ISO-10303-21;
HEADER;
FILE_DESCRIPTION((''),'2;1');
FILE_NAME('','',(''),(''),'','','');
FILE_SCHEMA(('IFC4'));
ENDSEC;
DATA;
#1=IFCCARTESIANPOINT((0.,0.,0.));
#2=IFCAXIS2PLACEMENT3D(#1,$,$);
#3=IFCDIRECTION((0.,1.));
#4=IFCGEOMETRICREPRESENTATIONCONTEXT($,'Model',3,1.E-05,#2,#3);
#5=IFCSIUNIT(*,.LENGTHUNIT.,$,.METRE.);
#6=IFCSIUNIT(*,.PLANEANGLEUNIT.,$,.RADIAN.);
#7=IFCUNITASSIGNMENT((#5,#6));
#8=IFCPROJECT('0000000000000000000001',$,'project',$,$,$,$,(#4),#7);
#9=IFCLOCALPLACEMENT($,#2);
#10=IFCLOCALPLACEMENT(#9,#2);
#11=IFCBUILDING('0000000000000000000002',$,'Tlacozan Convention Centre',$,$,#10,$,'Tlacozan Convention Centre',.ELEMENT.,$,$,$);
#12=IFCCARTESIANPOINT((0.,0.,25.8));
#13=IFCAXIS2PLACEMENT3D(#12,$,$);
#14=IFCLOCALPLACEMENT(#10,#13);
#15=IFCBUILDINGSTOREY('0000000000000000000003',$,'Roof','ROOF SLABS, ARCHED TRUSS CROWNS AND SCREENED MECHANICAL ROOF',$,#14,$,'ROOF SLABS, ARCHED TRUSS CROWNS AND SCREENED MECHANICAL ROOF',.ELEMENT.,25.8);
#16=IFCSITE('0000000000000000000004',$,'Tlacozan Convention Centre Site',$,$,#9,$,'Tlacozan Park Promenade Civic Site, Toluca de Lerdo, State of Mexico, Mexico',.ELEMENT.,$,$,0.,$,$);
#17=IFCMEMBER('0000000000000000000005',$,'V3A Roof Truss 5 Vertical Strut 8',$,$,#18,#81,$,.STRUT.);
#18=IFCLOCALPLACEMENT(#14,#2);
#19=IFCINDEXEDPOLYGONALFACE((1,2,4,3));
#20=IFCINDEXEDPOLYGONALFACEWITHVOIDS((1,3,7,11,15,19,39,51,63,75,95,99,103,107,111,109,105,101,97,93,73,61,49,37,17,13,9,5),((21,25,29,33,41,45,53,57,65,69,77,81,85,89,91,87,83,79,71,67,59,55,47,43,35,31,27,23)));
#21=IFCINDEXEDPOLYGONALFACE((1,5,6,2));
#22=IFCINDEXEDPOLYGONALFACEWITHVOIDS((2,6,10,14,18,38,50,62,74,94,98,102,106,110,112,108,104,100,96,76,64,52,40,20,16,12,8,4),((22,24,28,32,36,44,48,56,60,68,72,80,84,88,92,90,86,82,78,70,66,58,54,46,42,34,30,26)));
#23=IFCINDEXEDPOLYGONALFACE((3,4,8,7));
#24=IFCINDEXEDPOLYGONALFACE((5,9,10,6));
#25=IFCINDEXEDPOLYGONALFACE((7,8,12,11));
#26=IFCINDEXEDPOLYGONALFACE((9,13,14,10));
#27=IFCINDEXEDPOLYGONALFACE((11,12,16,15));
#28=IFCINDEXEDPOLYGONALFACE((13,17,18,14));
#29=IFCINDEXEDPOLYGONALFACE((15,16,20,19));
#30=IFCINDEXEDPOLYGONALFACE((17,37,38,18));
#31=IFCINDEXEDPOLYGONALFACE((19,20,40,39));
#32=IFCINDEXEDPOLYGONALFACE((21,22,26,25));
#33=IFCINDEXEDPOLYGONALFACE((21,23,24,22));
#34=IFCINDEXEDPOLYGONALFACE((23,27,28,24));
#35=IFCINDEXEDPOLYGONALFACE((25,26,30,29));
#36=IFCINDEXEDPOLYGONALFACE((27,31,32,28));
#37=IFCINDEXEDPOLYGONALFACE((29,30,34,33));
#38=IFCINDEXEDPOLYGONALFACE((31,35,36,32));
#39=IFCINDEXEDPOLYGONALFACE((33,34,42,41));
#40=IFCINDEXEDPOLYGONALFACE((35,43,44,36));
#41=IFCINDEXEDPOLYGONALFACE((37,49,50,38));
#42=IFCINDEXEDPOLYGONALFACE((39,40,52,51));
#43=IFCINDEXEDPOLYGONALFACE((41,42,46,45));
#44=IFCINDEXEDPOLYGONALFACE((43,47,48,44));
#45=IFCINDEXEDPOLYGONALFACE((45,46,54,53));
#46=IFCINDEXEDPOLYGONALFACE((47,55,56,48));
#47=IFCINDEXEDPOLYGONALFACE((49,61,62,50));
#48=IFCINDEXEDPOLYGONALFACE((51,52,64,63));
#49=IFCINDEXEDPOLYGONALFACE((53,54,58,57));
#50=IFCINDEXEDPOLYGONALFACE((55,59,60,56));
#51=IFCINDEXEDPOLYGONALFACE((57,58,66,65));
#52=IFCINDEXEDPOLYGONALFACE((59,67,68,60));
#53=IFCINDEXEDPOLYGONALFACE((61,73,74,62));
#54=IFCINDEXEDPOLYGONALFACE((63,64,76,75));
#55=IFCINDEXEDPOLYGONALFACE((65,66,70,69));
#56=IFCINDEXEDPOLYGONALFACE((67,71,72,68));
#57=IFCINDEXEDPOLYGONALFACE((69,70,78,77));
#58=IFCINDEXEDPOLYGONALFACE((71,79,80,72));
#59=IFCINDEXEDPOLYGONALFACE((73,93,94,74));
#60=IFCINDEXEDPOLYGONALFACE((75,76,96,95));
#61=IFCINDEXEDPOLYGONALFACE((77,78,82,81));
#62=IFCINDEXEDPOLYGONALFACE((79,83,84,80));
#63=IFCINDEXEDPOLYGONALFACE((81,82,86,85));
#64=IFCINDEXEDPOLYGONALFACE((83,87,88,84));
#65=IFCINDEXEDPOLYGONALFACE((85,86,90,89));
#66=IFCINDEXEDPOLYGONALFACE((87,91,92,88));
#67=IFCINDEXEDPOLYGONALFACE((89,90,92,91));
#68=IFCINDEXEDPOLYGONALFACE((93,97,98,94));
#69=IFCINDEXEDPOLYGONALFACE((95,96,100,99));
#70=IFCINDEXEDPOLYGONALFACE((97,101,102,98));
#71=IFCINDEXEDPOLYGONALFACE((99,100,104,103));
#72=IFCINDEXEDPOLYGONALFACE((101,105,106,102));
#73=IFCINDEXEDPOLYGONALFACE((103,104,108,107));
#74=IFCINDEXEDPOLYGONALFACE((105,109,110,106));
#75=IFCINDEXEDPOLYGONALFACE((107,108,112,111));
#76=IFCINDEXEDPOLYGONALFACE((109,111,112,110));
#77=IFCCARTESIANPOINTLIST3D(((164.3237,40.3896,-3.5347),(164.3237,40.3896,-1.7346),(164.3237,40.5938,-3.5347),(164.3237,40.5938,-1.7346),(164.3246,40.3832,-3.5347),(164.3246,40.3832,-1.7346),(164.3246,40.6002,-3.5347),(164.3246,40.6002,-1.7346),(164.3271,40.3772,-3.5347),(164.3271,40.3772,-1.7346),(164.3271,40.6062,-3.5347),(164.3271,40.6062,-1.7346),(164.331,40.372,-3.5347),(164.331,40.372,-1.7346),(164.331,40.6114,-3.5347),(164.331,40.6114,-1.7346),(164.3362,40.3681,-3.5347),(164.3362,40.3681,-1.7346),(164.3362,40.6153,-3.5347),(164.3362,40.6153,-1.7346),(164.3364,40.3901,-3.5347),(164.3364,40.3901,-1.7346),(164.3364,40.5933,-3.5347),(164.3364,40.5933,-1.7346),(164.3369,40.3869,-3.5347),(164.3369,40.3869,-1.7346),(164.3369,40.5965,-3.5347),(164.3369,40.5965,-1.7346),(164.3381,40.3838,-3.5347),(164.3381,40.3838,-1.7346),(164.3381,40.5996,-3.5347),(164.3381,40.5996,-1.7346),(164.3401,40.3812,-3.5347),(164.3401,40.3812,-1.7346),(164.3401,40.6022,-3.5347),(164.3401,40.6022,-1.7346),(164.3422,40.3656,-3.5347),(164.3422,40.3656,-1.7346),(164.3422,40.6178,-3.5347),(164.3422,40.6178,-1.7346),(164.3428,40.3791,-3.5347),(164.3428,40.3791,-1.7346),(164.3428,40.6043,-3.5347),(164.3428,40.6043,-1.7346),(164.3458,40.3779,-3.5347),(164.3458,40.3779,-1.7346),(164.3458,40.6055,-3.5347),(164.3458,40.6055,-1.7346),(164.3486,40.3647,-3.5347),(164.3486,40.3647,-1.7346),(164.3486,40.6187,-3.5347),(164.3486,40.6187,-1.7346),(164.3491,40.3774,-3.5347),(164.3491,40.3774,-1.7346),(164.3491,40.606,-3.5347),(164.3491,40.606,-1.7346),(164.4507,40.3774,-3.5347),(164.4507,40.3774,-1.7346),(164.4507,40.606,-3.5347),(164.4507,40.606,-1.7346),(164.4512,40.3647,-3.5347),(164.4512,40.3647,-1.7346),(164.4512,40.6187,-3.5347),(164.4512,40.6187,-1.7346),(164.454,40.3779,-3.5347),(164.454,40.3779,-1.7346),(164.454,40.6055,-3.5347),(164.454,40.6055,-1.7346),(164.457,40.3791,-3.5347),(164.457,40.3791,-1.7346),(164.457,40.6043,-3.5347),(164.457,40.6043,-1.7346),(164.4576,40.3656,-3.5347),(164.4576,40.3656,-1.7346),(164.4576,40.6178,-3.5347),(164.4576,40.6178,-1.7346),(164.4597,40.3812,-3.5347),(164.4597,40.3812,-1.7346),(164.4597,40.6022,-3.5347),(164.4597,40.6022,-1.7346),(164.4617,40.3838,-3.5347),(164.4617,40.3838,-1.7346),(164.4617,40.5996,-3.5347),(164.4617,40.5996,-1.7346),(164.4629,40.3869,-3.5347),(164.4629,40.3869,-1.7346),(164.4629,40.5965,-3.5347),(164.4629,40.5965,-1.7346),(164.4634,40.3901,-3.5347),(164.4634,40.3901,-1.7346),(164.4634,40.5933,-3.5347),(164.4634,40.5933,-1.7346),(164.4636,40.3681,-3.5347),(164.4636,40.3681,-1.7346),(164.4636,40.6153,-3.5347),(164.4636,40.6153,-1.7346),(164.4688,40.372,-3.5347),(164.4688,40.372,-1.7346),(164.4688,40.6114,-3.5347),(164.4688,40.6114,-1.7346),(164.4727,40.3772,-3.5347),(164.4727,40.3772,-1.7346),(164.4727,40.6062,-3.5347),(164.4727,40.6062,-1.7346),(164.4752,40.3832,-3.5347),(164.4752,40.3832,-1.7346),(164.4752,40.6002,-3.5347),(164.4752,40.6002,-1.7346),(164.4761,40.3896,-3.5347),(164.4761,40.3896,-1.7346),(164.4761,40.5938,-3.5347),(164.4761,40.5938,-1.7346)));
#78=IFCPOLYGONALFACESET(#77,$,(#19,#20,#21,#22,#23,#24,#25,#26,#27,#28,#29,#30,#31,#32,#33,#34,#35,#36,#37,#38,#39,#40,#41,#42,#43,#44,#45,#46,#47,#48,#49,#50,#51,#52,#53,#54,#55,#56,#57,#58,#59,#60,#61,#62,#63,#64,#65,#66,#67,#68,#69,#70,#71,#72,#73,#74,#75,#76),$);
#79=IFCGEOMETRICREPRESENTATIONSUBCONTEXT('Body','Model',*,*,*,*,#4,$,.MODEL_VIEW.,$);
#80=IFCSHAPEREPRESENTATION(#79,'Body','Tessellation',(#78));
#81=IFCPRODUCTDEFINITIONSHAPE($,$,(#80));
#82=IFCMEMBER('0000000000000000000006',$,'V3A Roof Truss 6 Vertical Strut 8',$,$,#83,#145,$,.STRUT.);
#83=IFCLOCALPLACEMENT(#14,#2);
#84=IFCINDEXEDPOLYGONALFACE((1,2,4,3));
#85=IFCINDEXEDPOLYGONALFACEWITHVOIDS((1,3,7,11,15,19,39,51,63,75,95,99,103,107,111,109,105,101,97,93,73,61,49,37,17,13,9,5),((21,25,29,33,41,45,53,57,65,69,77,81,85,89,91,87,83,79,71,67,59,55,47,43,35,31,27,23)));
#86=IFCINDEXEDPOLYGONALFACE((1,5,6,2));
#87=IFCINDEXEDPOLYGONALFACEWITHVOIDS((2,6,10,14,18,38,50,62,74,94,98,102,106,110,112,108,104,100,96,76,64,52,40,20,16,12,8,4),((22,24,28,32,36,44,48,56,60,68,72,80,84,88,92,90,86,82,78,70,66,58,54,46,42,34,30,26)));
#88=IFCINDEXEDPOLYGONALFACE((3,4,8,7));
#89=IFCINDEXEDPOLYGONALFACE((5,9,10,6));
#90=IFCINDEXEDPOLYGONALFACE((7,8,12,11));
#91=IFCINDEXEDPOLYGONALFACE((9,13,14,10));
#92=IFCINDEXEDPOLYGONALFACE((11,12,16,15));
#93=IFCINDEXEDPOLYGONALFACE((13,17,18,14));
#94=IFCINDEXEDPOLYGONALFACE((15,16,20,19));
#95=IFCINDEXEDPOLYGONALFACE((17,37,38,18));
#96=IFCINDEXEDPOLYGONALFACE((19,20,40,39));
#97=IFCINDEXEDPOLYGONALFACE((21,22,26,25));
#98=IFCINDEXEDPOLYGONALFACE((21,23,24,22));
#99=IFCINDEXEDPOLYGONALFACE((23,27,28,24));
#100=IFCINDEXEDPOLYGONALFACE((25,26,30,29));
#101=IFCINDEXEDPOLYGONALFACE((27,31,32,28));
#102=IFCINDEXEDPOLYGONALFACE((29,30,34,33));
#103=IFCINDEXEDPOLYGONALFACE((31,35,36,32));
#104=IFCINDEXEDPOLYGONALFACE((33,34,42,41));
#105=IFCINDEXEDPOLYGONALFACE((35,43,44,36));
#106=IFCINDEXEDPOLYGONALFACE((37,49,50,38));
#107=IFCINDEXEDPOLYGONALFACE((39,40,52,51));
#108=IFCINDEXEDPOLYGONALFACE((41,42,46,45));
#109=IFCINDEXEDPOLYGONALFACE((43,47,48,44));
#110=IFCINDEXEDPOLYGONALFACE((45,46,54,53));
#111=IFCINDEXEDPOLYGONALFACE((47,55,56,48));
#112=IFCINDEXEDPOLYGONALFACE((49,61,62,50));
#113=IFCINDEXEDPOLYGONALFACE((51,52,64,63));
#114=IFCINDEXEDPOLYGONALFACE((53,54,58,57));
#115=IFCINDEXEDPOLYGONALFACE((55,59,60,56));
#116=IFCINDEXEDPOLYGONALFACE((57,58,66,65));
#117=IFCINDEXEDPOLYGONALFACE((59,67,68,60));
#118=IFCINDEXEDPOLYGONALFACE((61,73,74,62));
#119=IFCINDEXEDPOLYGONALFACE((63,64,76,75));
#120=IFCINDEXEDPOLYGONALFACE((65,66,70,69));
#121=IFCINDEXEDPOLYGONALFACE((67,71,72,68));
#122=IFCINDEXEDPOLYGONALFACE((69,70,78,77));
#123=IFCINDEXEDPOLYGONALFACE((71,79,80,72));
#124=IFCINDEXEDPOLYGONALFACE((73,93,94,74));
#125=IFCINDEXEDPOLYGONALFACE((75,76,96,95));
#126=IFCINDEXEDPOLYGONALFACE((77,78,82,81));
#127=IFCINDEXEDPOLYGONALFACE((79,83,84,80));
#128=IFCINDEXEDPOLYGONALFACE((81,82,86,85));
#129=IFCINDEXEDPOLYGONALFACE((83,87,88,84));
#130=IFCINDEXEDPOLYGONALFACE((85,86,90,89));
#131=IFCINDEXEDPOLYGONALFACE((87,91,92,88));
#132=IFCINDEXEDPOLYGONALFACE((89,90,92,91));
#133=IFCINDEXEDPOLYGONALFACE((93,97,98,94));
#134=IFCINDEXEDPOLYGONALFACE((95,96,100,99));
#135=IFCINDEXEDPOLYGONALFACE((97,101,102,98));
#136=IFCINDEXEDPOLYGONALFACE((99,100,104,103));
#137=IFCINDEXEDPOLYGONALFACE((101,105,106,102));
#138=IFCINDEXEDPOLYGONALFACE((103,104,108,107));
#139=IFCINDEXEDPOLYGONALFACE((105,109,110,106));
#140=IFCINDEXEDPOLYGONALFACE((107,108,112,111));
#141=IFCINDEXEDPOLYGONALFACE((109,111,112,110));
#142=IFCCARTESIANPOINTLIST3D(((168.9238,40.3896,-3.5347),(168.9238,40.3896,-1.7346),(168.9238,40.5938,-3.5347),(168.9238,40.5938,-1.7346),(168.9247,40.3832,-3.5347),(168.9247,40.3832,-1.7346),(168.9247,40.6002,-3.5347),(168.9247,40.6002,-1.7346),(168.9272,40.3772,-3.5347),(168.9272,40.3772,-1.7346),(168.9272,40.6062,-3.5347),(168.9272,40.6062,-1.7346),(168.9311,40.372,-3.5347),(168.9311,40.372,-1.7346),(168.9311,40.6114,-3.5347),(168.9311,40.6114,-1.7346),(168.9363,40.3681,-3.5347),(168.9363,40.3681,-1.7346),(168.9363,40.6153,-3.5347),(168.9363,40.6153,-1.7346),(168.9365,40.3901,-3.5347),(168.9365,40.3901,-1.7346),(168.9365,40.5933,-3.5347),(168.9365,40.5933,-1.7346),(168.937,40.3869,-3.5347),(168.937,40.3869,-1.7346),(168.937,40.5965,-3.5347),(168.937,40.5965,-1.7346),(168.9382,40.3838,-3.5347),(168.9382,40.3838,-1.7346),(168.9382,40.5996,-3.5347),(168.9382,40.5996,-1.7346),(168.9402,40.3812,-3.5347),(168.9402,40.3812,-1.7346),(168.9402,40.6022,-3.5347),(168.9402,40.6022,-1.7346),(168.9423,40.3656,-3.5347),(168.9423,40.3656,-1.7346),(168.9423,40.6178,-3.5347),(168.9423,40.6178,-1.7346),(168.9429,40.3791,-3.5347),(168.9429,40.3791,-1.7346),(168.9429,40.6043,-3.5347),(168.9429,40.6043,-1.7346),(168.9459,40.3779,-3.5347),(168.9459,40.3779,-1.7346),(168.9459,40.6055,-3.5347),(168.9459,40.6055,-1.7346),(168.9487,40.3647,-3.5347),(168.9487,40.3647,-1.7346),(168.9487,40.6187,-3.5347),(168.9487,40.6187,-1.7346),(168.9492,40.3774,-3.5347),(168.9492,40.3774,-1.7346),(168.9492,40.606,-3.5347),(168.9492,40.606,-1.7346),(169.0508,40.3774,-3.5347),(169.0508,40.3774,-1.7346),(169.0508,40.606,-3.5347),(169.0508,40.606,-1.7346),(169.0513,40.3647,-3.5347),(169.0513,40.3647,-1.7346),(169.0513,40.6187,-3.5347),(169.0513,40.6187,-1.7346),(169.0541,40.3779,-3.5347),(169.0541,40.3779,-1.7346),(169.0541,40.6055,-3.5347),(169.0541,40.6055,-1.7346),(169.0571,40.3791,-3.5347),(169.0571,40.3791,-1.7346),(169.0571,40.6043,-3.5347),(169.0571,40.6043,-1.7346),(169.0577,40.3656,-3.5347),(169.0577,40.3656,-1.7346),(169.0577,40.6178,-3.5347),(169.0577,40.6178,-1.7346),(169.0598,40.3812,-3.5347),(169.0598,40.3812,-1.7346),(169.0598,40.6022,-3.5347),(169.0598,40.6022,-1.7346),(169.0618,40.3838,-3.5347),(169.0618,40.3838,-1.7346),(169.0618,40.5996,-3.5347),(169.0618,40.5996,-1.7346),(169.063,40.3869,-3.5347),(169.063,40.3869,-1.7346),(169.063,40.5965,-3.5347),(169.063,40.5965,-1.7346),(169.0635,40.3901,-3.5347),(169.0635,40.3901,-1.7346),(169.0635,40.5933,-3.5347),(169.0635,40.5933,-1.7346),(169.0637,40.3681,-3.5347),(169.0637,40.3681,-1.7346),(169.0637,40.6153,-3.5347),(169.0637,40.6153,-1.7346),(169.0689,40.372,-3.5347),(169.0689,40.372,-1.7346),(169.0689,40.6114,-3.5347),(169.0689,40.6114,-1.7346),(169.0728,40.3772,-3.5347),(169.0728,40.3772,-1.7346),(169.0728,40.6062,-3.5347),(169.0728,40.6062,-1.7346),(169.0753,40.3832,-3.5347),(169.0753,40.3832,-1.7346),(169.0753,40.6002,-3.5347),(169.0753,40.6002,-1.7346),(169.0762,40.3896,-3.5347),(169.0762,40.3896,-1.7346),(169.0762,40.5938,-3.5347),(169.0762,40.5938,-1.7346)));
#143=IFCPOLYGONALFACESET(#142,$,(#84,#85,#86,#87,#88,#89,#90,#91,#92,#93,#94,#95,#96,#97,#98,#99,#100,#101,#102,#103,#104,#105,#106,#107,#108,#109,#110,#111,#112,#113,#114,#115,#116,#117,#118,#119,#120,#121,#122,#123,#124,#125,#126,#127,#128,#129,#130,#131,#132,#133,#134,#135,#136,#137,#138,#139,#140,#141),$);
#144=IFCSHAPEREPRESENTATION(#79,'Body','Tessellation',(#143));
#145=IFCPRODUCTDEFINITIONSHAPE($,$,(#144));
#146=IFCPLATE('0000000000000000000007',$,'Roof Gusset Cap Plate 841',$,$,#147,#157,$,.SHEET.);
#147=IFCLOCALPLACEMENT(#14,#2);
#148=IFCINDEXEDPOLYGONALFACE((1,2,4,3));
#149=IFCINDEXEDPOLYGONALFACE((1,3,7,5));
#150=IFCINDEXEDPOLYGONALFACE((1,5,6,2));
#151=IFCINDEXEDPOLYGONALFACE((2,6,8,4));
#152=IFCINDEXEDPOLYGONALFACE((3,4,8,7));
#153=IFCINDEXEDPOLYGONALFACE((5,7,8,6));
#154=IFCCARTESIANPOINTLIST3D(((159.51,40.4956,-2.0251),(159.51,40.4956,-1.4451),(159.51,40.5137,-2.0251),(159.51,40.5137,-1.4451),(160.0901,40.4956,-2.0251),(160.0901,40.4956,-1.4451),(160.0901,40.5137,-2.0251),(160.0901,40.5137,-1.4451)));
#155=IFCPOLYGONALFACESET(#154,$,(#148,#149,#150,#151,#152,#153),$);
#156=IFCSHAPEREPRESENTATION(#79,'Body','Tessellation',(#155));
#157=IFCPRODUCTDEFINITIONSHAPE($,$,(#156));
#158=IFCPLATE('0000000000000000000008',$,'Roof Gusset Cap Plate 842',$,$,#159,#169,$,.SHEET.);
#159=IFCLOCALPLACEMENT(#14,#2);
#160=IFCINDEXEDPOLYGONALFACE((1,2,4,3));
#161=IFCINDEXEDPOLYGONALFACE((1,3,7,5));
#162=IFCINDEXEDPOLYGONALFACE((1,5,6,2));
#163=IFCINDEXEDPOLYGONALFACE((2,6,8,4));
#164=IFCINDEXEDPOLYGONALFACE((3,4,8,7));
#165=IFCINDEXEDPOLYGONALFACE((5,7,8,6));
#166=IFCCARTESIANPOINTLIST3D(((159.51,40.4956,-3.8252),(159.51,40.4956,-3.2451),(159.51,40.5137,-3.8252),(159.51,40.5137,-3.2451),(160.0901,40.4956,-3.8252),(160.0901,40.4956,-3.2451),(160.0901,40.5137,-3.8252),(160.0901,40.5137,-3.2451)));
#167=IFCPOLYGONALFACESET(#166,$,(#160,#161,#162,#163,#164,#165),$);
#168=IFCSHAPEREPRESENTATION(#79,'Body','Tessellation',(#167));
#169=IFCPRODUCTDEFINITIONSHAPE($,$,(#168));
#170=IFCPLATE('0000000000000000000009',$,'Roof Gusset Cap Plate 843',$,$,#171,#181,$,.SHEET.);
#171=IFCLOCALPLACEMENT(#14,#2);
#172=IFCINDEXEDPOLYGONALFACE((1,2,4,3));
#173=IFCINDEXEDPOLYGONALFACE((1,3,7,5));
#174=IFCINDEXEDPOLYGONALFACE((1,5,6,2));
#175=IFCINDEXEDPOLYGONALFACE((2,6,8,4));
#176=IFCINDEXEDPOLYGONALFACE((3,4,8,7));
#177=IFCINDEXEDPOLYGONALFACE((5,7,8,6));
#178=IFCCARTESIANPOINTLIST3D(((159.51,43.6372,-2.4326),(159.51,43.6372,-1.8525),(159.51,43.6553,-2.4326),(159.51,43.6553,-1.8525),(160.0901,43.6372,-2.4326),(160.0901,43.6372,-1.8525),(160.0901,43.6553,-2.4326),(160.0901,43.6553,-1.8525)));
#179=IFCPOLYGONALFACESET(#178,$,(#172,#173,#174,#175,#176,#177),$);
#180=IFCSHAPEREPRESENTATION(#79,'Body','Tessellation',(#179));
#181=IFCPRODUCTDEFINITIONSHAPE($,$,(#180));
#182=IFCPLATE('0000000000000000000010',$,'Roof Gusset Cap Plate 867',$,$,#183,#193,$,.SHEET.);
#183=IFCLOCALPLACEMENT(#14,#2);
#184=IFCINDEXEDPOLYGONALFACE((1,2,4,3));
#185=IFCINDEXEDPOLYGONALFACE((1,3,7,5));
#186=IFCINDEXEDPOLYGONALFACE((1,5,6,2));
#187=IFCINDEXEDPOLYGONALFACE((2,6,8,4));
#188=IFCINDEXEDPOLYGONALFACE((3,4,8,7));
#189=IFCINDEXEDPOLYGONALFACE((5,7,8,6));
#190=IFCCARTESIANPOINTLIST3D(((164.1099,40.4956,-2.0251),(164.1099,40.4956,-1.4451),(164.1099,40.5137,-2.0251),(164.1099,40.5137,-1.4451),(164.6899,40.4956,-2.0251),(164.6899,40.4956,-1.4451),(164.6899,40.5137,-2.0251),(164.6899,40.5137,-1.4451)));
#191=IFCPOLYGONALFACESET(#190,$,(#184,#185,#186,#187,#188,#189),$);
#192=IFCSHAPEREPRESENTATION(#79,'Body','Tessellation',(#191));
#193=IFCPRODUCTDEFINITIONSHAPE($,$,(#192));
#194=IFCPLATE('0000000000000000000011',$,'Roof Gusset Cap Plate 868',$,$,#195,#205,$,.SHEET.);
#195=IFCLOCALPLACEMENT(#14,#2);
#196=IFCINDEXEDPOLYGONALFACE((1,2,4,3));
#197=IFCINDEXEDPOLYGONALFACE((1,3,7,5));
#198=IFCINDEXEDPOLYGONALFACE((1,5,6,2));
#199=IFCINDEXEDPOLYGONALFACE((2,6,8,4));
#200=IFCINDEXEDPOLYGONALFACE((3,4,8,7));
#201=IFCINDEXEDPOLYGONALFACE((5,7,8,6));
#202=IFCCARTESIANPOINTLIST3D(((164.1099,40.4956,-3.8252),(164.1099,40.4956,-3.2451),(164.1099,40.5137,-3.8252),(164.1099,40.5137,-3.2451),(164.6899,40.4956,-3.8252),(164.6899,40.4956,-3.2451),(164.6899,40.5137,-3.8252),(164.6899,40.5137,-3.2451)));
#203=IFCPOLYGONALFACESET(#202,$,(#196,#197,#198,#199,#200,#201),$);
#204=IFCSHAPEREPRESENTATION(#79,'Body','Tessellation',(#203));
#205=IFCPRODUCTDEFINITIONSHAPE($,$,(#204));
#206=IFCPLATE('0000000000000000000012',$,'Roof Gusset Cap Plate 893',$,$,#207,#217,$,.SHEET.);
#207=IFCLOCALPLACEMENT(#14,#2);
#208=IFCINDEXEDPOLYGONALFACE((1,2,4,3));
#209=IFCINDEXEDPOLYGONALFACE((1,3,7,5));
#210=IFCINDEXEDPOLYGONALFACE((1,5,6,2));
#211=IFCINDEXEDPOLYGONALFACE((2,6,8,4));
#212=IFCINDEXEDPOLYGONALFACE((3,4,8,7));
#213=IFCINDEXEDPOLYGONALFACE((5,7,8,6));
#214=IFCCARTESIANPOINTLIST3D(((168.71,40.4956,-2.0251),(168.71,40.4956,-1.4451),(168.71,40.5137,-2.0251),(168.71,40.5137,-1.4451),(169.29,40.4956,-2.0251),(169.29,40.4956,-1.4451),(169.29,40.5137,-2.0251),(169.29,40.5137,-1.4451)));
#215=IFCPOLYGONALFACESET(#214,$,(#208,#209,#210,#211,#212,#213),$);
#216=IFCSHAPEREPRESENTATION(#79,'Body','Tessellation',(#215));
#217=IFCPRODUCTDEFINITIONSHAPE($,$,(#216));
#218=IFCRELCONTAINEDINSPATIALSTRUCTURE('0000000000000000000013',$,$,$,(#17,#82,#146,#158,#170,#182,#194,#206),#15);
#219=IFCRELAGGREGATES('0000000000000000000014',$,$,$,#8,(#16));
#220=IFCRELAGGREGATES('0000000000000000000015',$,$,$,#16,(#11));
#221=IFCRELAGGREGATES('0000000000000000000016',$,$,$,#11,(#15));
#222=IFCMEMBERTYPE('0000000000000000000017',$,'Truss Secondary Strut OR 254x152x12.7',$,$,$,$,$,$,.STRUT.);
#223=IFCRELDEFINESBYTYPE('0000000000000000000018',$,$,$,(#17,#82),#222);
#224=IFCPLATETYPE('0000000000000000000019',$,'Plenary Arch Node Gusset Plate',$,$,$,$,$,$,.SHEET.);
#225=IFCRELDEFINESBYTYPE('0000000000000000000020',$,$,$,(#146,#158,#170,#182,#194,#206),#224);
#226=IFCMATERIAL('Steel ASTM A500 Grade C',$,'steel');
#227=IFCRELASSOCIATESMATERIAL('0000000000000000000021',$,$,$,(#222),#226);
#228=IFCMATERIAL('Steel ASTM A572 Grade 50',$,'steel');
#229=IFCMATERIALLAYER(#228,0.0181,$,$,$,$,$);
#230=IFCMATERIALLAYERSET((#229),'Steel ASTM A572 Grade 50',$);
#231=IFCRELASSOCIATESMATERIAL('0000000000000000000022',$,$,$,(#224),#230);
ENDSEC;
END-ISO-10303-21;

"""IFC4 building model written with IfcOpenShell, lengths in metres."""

from ifc_helpers import new_model, si_unit, direction, frame, origin, origin_2d, place, context, subcontext, project, spatial, rectangle, hollow_rectangle, extrude, material, layer, layer_set, material_profile, profile_set, type_object, element, save


model = new_model("IFC4")

# Units and contexts
model_context = context("Model", 3, precision=1e-05, world=origin(), true_north=direction((0.0, 1.0)))
body_context = subcontext(model_context, "Body", "Model", "MODEL_VIEW")
ifc_project = project(units=[si_unit("LENGTHUNIT", "METRE"), si_unit("PLANEANGLEUNIT", "RADIAN")], contexts=[model_context])

# Site, building, storey
site_placement = place(None, origin())
site = spatial("IfcSite", under=ifc_project, at=site_placement, Name="Tlacozan Convention Centre Site", LongName="Tlacozan Park Promenade Civic Site, Toluca de Lerdo, State of Mexico, Mexico", CompositionType="ELEMENT", RefElevation=0.0)
building_placement = place(site_placement, origin())
building = spatial("IfcBuilding", under=site, at=building_placement, Name="Tlacozan Convention Centre", LongName="Tlacozan Convention Centre", CompositionType="ELEMENT")
storey_placement = place(building_placement, frame((0.0, 0.0, 25.8)))
storey = spatial("IfcBuildingStorey", under=building, at=storey_placement, Name="Roof", Description="ROOF SLABS, ARCHED TRUSS CROWNS AND SCREENED MECHANICAL ROOF", LongName="ROOF SLABS, ARCHED TRUSS CROWNS AND SCREENED MECHANICAL ROOF", CompositionType="ELEMENT", Elevation=25.8)

# Members
ifc_material_1 = material(Name="Steel ASTM A500 Grade C", Category="steel")
ifc_material_profile_1 = material_profile(ifc_material_1, hollow_rectangle(XDim=0.1523, YDim=0.2539, WallThickness=0.0127, InnerFilletRadius=0.0127, OuterFilletRadius=0.0249, at=origin_2d()), Name="OR 254x152x12.7")
ifc_profile_set_1 = profile_set([ifc_material_profile_1], Name="Steel ASTM A500 Grade C")
member_type_1 = type_object("IfcMemberType", Name="Truss Secondary Strut OR 254x152x12.7", PredefinedType="STRUT", material=ifc_profile_set_1)
for number, where, z_axis, x_axis, name in (
    (1, (164.3999, 40.4917, -3.5347), (0.0, 0.0, 1.0), (1.0, 0.0, 0.0), "V3A Roof Truss 5 Vertical Strut 8"),
    (2, (169.0, 40.4917, -3.5347), (0.0, 0.0, 1.0), (1.0, 0.0, 0.0), "V3A Roof Truss 6 Vertical Strut 8"),
):
    element("IfcMember", number, at=place(storey_placement, frame(where, z_axis=z_axis, x_axis=x_axis)), inside=storey, type_object=member_type_1, Name=name, PredefinedType="STRUT", context=body_context, shape_type="SweptSolid", body=[
        extrude(hollow_rectangle(XDim=0.1523, YDim=0.2539, WallThickness=0.0127, InnerFilletRadius=0.0127, OuterFilletRadius=0.0249, at=origin_2d()), origin(), (0.0, 0.0, 1.0), 1.8),
    ])

# Plates
ifc_material_2 = material(Name="Steel ASTM A572 Grade 50", Category="steel")
ifc_layer = layer(ifc_material_2, 0.0181)
ifc_layer_set = layer_set([ifc_layer], Name="Steel ASTM A572 Grade 50")
plate_type = type_object("IfcPlateType", Name="Plenary Arch Node Gusset Plate", PredefinedType="SHEET", material=ifc_layer_set)
for number, where, z_axis, x_axis, name in (
    (3, (159.8, 40.5046, -2.0251), (0.0, 0.0, 1.0), (0.0, 1.0, 0.0), "Roof Gusset Cap Plate 841"),
    (4, (159.8, 40.5046, -3.8252), (0.0, 0.0, 1.0), (0.0, 1.0, 0.0), "Roof Gusset Cap Plate 842"),
    (5, (159.8, 43.6462, -2.4326), (0.0, 0.0, 1.0), (0.0, 1.0, 0.0), "Roof Gusset Cap Plate 843"),
    (6, (164.3999, 40.5046, -2.0251), (0.0, 0.0, 1.0), (0.0, 1.0, 0.0), "Roof Gusset Cap Plate 867"),
    (7, (164.3999, 40.5046, -3.8252), (0.0, 0.0, 1.0), (0.0, 1.0, 0.0), "Roof Gusset Cap Plate 868"),
    (8, (169.0, 40.5046, -2.0251), (0.0, 0.0, 1.0), (0.0, 1.0, 0.0), "Roof Gusset Cap Plate 893"),
):
    element("IfcPlate", number, at=place(storey_placement, frame(where, z_axis=z_axis, x_axis=x_axis)), inside=storey, type_object=plate_type, Name=name, PredefinedType="SHEET", context=body_context, shape_type="SweptSolid", body=[
        extrude(rectangle(XDim=0.0181, YDim=0.5801, at=origin_2d()), origin(), (0.0, 0.0, 1.0), 0.5801),
    ])

save(model, "model.ifc")
